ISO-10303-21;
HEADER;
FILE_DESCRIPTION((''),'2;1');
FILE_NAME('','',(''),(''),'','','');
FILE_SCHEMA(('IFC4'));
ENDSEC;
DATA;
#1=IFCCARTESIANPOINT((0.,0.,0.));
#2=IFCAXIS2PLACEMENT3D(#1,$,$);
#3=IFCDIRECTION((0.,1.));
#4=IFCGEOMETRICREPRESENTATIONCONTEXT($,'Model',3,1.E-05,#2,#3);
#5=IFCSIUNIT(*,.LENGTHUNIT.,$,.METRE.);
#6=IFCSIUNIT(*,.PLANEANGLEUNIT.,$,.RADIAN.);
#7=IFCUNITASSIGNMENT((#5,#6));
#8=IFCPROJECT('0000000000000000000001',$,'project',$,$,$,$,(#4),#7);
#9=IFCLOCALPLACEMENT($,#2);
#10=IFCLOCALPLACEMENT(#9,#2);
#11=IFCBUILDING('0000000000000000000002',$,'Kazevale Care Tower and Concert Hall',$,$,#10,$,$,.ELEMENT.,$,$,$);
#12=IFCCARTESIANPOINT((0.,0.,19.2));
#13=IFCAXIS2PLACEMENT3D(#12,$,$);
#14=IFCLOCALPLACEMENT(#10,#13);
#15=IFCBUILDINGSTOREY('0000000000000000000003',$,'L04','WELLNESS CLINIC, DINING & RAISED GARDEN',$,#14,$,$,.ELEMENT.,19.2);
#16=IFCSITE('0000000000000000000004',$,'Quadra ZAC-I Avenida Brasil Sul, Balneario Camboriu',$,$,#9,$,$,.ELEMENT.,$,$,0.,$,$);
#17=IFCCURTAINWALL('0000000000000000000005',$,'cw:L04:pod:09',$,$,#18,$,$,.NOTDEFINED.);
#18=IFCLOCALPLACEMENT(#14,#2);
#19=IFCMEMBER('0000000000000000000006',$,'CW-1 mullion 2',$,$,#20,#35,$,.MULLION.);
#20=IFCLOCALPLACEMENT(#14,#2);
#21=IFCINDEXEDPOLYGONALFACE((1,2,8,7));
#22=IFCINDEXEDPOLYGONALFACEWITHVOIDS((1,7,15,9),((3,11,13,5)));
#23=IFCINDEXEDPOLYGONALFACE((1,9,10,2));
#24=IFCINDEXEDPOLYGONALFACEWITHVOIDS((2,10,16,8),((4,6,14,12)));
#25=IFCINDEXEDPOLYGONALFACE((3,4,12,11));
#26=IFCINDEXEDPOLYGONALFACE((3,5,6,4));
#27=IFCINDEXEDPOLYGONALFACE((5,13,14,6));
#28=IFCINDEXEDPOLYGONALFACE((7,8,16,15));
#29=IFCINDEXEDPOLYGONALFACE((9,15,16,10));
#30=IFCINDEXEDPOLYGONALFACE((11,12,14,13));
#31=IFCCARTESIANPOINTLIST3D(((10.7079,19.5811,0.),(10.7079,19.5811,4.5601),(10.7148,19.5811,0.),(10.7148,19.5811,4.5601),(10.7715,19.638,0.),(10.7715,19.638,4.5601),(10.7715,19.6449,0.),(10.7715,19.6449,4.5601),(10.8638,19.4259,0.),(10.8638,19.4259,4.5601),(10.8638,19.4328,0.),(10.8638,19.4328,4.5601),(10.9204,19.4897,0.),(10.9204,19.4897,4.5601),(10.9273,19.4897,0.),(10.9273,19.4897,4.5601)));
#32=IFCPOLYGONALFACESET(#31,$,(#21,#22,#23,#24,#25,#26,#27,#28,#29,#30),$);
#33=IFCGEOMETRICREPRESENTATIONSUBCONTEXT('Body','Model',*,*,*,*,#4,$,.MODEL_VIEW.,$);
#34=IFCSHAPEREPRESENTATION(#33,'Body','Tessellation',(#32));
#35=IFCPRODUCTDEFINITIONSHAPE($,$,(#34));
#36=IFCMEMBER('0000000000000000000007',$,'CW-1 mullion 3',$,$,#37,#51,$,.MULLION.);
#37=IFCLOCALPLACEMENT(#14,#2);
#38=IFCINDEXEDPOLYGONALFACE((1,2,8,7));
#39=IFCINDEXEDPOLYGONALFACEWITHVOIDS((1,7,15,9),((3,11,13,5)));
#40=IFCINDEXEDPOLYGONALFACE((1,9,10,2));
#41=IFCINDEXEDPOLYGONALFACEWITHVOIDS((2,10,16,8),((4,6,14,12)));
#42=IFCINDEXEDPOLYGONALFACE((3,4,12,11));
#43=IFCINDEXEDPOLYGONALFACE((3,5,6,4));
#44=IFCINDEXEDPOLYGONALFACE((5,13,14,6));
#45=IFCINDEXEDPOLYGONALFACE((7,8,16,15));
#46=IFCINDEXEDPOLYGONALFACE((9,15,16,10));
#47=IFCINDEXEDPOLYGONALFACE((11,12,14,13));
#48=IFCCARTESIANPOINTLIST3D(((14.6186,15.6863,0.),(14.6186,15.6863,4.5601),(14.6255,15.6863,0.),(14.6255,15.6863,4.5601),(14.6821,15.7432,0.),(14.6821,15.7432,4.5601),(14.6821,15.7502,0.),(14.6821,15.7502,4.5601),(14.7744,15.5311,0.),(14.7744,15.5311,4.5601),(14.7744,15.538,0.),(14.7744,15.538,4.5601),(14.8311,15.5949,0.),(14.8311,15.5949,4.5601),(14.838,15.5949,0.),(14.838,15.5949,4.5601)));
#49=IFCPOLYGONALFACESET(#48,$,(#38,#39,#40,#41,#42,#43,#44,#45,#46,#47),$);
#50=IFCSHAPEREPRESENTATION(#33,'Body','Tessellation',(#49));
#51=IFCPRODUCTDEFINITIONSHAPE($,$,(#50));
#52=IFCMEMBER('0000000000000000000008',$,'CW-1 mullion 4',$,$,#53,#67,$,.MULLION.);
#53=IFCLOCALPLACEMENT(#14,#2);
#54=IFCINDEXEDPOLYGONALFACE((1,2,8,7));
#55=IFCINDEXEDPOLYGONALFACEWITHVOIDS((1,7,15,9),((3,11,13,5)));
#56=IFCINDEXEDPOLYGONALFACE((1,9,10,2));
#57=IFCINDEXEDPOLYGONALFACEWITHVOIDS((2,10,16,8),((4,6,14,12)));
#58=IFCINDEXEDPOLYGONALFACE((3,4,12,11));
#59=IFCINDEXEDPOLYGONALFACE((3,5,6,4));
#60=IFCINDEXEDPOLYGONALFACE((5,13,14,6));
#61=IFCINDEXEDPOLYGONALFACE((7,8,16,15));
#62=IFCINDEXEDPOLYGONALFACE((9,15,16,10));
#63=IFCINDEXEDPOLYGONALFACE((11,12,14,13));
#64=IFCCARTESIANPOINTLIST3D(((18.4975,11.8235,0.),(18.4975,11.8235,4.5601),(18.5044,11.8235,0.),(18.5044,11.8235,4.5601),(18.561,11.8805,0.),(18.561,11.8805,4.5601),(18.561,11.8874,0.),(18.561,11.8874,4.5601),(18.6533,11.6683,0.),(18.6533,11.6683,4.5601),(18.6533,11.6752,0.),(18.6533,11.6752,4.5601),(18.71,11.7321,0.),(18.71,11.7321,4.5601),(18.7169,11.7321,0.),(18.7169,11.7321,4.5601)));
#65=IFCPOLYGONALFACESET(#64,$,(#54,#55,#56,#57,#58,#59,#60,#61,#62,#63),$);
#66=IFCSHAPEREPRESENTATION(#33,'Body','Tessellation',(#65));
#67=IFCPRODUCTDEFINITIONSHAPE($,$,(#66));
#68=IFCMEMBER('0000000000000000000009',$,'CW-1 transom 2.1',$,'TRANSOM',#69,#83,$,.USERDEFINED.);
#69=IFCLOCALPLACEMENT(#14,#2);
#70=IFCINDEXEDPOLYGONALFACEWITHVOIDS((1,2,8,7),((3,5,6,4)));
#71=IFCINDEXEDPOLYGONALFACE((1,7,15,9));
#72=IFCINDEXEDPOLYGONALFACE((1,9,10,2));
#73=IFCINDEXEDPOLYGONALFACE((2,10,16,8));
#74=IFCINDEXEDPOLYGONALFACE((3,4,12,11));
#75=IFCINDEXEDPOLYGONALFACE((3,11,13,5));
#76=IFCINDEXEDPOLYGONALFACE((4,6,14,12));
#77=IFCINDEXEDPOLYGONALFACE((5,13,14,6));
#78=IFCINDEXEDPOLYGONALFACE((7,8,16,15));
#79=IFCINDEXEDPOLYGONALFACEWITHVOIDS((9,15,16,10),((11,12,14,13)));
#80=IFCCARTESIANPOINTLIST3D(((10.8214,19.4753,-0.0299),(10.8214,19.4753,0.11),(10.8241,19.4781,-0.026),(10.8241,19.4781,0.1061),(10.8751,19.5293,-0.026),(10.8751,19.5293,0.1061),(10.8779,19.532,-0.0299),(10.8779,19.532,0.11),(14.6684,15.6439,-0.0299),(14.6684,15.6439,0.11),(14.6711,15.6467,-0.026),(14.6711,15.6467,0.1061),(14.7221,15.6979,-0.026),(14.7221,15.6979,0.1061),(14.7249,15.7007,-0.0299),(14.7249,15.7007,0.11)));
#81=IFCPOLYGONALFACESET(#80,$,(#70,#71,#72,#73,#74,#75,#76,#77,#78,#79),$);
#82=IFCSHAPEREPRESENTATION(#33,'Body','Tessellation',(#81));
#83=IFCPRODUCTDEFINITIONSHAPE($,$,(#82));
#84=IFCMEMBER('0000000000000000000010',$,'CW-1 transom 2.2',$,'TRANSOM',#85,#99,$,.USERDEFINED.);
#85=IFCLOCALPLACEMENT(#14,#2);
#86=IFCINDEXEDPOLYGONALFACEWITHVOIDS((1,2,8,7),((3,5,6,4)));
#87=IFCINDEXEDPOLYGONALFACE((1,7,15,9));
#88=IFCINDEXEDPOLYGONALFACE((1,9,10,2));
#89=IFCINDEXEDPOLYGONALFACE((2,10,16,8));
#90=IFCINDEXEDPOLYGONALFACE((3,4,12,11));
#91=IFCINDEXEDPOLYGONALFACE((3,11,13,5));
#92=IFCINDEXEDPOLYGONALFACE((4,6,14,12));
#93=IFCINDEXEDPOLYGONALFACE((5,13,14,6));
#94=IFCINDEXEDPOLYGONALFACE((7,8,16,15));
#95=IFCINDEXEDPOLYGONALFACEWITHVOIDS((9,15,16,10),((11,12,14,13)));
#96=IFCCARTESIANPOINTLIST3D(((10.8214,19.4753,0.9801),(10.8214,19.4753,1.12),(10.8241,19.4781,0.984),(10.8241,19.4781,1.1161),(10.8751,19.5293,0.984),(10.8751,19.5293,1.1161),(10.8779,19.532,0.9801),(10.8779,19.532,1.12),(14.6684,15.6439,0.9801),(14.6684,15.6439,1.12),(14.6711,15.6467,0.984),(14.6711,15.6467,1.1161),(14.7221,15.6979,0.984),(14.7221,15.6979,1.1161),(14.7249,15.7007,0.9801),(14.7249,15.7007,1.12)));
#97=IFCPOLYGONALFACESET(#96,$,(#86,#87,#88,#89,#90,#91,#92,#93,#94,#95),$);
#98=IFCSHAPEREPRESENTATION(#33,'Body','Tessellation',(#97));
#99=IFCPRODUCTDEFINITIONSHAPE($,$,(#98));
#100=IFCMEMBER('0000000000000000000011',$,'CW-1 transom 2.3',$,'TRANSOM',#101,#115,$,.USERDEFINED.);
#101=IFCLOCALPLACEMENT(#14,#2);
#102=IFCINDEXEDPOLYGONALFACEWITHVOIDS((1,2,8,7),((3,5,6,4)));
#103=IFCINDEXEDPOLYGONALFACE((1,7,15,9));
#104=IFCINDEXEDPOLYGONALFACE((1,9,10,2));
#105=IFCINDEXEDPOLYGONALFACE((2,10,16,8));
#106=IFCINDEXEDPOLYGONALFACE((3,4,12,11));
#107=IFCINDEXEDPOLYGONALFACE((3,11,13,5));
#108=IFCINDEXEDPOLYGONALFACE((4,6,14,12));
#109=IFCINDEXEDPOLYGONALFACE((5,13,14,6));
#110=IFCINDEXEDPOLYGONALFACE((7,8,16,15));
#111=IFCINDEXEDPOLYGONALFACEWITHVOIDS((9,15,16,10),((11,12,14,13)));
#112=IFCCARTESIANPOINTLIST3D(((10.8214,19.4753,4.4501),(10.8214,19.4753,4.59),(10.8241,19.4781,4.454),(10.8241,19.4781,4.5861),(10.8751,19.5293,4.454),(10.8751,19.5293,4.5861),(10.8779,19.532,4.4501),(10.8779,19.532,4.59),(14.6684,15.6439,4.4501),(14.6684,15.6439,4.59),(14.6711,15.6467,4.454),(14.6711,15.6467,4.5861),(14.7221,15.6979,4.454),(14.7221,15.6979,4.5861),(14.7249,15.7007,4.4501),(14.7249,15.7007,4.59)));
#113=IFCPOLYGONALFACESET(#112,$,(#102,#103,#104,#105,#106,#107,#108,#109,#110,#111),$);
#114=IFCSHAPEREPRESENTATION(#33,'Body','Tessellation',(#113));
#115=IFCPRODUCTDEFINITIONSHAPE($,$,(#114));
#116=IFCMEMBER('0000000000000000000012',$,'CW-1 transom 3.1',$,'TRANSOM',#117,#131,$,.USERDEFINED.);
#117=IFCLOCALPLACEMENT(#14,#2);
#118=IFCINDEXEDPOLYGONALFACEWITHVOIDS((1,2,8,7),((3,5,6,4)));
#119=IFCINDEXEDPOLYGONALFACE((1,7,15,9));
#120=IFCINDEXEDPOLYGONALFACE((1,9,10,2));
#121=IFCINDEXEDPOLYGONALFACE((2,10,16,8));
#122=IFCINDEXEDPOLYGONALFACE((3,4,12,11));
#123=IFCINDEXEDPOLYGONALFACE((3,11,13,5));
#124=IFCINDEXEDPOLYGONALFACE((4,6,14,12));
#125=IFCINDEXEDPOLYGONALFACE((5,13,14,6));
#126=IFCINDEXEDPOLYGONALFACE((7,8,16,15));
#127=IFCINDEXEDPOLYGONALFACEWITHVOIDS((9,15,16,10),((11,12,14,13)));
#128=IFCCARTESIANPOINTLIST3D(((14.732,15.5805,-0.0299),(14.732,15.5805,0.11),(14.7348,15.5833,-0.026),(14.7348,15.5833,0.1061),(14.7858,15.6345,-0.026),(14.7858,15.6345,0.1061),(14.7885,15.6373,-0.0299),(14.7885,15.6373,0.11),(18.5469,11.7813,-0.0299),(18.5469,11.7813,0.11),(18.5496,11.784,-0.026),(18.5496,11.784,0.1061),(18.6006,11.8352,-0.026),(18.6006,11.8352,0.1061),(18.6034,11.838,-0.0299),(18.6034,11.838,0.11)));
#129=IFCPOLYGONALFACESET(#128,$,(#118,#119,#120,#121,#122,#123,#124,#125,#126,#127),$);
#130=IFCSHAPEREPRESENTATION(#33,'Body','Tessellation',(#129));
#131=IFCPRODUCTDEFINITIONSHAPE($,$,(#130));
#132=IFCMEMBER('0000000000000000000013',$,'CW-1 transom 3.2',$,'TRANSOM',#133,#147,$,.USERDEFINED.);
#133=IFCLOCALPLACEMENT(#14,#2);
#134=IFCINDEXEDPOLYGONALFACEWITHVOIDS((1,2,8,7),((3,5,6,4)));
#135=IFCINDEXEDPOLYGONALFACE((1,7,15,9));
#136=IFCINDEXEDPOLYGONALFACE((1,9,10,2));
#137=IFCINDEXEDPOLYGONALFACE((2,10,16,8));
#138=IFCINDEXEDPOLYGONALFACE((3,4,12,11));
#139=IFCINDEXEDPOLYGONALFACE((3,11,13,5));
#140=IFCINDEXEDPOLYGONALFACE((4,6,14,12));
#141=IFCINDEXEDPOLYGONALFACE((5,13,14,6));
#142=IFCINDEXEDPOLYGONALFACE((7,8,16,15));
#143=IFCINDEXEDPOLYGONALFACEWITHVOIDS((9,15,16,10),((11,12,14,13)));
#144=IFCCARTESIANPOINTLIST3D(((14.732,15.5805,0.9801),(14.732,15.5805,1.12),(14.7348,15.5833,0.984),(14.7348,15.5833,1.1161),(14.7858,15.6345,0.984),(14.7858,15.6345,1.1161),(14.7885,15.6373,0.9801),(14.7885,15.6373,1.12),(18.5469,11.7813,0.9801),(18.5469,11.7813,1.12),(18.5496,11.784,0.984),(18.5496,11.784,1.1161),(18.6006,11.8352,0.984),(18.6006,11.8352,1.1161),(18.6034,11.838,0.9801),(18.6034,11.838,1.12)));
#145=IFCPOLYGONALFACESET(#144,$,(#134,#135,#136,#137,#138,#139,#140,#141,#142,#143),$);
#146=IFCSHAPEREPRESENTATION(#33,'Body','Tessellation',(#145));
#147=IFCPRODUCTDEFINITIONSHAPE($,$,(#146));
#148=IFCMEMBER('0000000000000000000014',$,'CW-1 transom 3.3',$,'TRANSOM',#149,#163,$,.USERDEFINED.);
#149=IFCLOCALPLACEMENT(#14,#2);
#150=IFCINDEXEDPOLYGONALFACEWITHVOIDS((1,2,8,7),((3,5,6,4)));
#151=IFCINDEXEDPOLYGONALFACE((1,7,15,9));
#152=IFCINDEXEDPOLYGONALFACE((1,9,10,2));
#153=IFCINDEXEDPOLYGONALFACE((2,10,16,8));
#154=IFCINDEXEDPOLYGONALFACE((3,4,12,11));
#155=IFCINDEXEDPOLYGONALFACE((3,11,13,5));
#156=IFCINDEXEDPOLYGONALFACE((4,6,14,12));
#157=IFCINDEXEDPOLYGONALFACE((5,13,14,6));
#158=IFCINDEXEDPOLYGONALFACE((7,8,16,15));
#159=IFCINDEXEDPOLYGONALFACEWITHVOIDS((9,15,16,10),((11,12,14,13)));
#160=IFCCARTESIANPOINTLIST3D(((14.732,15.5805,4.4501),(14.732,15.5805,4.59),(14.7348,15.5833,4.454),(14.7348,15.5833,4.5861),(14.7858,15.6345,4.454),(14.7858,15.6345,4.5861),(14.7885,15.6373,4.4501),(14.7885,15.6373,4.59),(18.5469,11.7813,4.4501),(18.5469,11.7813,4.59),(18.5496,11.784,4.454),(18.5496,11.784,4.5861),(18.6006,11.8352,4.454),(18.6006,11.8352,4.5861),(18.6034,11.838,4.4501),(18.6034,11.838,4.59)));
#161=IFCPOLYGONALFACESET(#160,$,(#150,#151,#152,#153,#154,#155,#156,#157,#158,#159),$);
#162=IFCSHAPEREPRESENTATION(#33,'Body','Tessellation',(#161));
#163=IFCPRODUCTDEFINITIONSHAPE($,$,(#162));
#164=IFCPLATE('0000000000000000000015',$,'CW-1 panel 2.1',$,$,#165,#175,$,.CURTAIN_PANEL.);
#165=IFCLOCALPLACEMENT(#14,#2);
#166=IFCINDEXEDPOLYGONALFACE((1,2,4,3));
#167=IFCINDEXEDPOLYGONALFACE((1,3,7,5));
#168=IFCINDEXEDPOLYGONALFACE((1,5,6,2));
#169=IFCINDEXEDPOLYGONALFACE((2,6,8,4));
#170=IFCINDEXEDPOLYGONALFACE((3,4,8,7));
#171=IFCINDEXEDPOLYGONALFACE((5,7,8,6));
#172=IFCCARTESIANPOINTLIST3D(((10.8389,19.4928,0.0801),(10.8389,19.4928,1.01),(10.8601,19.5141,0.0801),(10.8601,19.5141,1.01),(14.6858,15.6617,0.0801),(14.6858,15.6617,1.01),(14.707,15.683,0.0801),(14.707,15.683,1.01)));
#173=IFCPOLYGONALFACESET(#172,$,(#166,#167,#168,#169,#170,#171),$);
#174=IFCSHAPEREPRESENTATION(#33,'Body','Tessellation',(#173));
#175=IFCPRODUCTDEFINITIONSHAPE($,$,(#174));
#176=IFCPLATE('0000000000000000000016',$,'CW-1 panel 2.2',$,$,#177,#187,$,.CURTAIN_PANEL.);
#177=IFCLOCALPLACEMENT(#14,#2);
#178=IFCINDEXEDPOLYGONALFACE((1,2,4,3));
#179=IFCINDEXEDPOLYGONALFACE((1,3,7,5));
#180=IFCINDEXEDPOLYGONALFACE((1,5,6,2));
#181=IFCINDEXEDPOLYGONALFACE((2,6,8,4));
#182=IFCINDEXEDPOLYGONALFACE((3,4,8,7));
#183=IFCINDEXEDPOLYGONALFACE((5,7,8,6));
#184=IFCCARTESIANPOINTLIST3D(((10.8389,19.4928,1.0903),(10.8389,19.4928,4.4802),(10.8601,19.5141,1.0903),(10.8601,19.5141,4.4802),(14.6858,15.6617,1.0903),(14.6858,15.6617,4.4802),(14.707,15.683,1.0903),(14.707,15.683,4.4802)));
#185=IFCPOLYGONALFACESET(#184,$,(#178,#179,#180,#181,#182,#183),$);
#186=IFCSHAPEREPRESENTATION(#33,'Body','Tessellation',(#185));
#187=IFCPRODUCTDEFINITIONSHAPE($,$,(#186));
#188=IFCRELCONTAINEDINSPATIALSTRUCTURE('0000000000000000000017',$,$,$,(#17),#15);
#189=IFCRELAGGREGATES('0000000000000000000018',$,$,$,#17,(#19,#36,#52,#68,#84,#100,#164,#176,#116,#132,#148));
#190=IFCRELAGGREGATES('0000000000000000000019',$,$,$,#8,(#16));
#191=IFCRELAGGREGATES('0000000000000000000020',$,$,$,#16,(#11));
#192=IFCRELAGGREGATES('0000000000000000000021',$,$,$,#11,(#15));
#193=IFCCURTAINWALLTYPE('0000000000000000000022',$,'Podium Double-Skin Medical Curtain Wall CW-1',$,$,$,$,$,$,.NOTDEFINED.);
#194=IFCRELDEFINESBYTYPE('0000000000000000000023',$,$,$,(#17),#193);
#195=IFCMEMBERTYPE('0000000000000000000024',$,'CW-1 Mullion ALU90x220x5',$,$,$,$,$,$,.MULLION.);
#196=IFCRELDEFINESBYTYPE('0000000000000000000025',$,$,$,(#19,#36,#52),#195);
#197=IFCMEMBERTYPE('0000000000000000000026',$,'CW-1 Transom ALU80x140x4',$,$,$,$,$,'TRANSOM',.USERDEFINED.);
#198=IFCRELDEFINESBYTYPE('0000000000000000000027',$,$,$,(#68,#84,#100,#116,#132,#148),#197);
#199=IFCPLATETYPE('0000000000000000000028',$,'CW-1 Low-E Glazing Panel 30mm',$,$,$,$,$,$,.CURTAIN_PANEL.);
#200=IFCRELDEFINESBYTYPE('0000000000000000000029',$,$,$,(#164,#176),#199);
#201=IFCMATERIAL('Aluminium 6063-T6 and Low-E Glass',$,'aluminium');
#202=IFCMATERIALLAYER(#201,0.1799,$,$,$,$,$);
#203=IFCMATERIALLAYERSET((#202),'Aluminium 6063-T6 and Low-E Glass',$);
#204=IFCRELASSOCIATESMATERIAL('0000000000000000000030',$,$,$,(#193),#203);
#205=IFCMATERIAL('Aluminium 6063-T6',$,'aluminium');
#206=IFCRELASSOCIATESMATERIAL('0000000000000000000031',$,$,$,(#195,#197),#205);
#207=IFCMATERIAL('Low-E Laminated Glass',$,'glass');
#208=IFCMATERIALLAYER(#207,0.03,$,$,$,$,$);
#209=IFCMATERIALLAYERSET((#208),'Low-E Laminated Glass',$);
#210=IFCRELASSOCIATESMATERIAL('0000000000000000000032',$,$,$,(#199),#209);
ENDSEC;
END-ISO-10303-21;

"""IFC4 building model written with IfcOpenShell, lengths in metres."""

from ifc_helpers import new_model, si_unit, direction, frame, origin, origin_2d, place, context, subcontext, project, spatial, rectangle, hollow_rectangle, extrude, material, layer, layer_set, material_profile, profile_set, type_object, element, aggregate, save


model = new_model("IFC4")

# Units and contexts
model_context = context("Model", 3, precision=1e-05, world=origin(), true_north=direction((0.0, 1.0)))
body_context = subcontext(model_context, "Body", "Model", "MODEL_VIEW")
ifc_project = project(units=[si_unit("LENGTHUNIT", "METRE"), si_unit("PLANEANGLEUNIT", "RADIAN")], contexts=[model_context])

# Site, building, storey
site_placement = place(None, origin())
site = spatial("IfcSite", under=ifc_project, at=site_placement, Name="Quadra ZAC-I Avenida Brasil Sul, Balneario Camboriu", CompositionType="ELEMENT", RefElevation=0.0)
building_placement = place(site_placement, origin())
building = spatial("IfcBuilding", under=site, at=building_placement, Name="Kazevale Care Tower and Concert Hall", CompositionType="ELEMENT")
storey_placement = place(building_placement, frame((0.0, 0.0, 19.2)))
storey = spatial("IfcBuildingStorey", under=building, at=storey_placement, Name="L04", Description="WELLNESS CLINIC, DINING & RAISED GARDEN", CompositionType="ELEMENT", Elevation=19.2)

# Curtain wall, members, plates
ifc_material_1 = material(Name="Aluminium 6063-T6 and Low-E Glass", Category="aluminium")
ifc_layer_1 = layer(ifc_material_1, 0.1799)
ifc_layer_set_1 = layer_set([ifc_layer_1], Name="Aluminium 6063-T6 and Low-E Glass")
curtain_wall_type = type_object("IfcCurtainWallType", Name="Podium Double-Skin Medical Curtain Wall CW-1", PredefinedType="NOTDEFINED", material=ifc_layer_set_1)
curtain_wall_placement = place(storey_placement, origin())
curtain_wall = element("IfcCurtainWall", 1, at=curtain_wall_placement, inside=storey, type_object=curtain_wall_type, Name="cw:L04:pod:09", PredefinedType="NOTDEFINED")
ifc_material_2 = material(Name="Aluminium 6063-T6", Category="aluminium")
ifc_material_profile_1 = material_profile(ifc_material_2, hollow_rectangle(XDim=0.0901, YDim=0.22, WallThickness=0.0049, at=origin_2d()), Name="ALU90x220x5")
ifc_profile_set_1 = profile_set([ifc_material_profile_1], Name="Aluminium 6063-T6")
member_type_1 = type_object("IfcMemberType", Name="CW-1 Mullion ALU90x220x5", PredefinedType="MULLION", material=ifc_profile_set_1)
member_1_placement = place(storey_placement, frame((10.8176, 19.5354, 0.0), z_axis=(0.0, 0.0, 1.0), x_axis=(0.705656, 0.708555, 0.0)))
member_1 = element("IfcMember", 2, at=member_1_placement, type_object=member_type_1, Name="CW-1 mullion 2", PredefinedType="MULLION", context=body_context, shape_type="SweptSolid", body=[
    extrude(hollow_rectangle(XDim=0.0901, YDim=0.22, WallThickness=0.0049, at=origin_2d()), origin(), (0.0, 0.0, 1.0), 4.5601),
])
member_2_placement = place(storey_placement, frame((14.7283, 15.6406, 0.0), z_axis=(0.0, 0.0, 1.0), x_axis=(0.705656, 0.708555, 0.0)))
member_2 = element("IfcMember", 3, at=member_2_placement, type_object=member_type_1, Name="CW-1 mullion 3", PredefinedType="MULLION", context=body_context, shape_type="SweptSolid", body=[
    extrude(hollow_rectangle(XDim=0.0901, YDim=0.22, WallThickness=0.0049, at=origin_2d()), origin(), (0.0, 0.0, 1.0), 4.5601),
])
member_3_placement = place(storey_placement, frame((18.6072, 11.7778, 0.0), z_axis=(0.0, 0.0, 1.0), x_axis=(0.705656, 0.708555, 0.0)))
member_3 = element("IfcMember", 4, at=member_3_placement, type_object=member_type_1, Name="CW-1 mullion 4", PredefinedType="MULLION", context=body_context, shape_type="SweptSolid", body=[
    extrude(hollow_rectangle(XDim=0.0901, YDim=0.22, WallThickness=0.0049, at=origin_2d()), origin(), (0.0, 0.0, 1.0), 4.5601),
])
ifc_material_profile_2 = material_profile(ifc_material_2, hollow_rectangle(XDim=0.0801, YDim=0.1399, WallThickness=0.0039, at=origin_2d()), Name="ALU80x140x4")
ifc_profile_set_2 = profile_set([ifc_material_profile_2], Name="Aluminium 6063-T6")
member_type_2 = type_object("IfcMemberType", Name="CW-1 Transom ALU80x140x4", ElementType="TRANSOM", PredefinedType="USERDEFINED", material=ifc_profile_set_2)
member_4_placement = place(storey_placement, frame((10.8496, 19.5037, 0.04), z_axis=(0.708544, -0.705666, 0.0), x_axis=(0.705666, 0.708544, 0.0)))
member_4 = element("IfcMember", 5, at=member_4_placement, type_object=member_type_2, Name="CW-1 transom 2.1", ObjectType="TRANSOM", PredefinedType="USERDEFINED", context=body_context, shape_type="SweptSolid", body=[
    extrude(hollow_rectangle(XDim=0.0801, YDim=0.1399, WallThickness=0.0039, at=origin_2d()), origin(), (0.0, 0.0, 1.0), 5.4294),
])
member_5_placement = place(storey_placement, frame((10.8496, 19.5037, 1.05), z_axis=(0.708544, -0.705666, 0.0), x_axis=(0.705666, 0.708544, 0.0)))
member_5 = element("IfcMember", 6, at=member_5_placement, type_object=member_type_2, Name="CW-1 transom 2.2", ObjectType="TRANSOM", PredefinedType="USERDEFINED", context=body_context, shape_type="SweptSolid", body=[
    extrude(hollow_rectangle(XDim=0.0801, YDim=0.1399, WallThickness=0.0039, at=origin_2d()), origin(), (0.0, 0.0, 1.0), 5.4294),
])
member_6_placement = place(storey_placement, frame((10.8496, 19.5037, 4.52), z_axis=(0.708544, -0.705666, 0.0), x_axis=(0.705666, 0.708544, 0.0)))
member_6 = element("IfcMember", 7, at=member_6_placement, type_object=member_type_2, Name="CW-1 transom 2.3", ObjectType="TRANSOM", PredefinedType="USERDEFINED", context=body_context, shape_type="SweptSolid", body=[
    extrude(hollow_rectangle(XDim=0.0801, YDim=0.1399, WallThickness=0.0039, at=origin_2d()), origin(), (0.0, 0.0, 1.0), 5.4294),
])
member_7_placement = place(storey_placement, frame((14.7603, 15.6089, 0.04), z_axis=(0.708556, -0.705654, 0.0), x_axis=(0.705654, 0.708556, 0.0)))
member_7 = element("IfcMember", 8, at=member_7_placement, type_object=member_type_2, Name="CW-1 transom 3.1", ObjectType="TRANSOM", PredefinedType="USERDEFINED", context=body_context, shape_type="SweptSolid", body=[
    extrude(hollow_rectangle(XDim=0.0801, YDim=0.1399, WallThickness=0.0039, at=origin_2d()), origin(), (0.0, 0.0, 1.0), 5.384),
])
member_8_placement = place(storey_placement, frame((14.7603, 15.6089, 1.05), z_axis=(0.708556, -0.705654, 0.0), x_axis=(0.705654, 0.708556, 0.0)))
member_8 = element("IfcMember", 9, at=member_8_placement, type_object=member_type_2, Name="CW-1 transom 3.2", ObjectType="TRANSOM", PredefinedType="USERDEFINED", context=body_context, shape_type="SweptSolid", body=[
    extrude(hollow_rectangle(XDim=0.0801, YDim=0.1399, WallThickness=0.0039, at=origin_2d()), origin(), (0.0, 0.0, 1.0), 5.384),
])
member_9_placement = place(storey_placement, frame((14.7603, 15.6089, 4.52), z_axis=(0.708556, -0.705654, 0.0), x_axis=(0.705654, 0.708556, 0.0)))
member_9 = element("IfcMember", 10, at=member_9_placement, type_object=member_type_2, Name="CW-1 transom 3.3", ObjectType="TRANSOM", PredefinedType="USERDEFINED", context=body_context, shape_type="SweptSolid", body=[
    extrude(hollow_rectangle(XDim=0.0801, YDim=0.1399, WallThickness=0.0039, at=origin_2d()), origin(), (0.0, 0.0, 1.0), 5.384),
])
ifc_material_3 = material(Name="Low-E Laminated Glass", Category="glass")
ifc_layer_2 = layer(ifc_material_3, 0.03)
ifc_layer_set_2 = layer_set([ifc_layer_2], Name="Low-E Laminated Glass")
plate_type = type_object("IfcPlateType", Name="CW-1 Low-E Glazing Panel 30mm", PredefinedType="CURTAIN_PANEL", material=ifc_layer_set_2)
plate_1_placement = place(storey_placement, frame((12.7729, 17.5879, 0.0801), z_axis=(0.0, 0.0, 1.0), x_axis=(0.708555, -0.705656, 0.0)))
plate_1 = element("IfcPlate", 11, at=plate_1_placement, type_object=plate_type, Name="CW-1 panel 2.1", PredefinedType="CURTAIN_PANEL", context=body_context, shape_type="SweptSolid", body=[
    extrude(rectangle(XDim=5.4292, YDim=0.03, at=origin_2d()), origin(), (0.0, 0.0, 1.0), 0.9299),
])
plate_2_placement = place(storey_placement, frame((12.7729, 17.5879, 1.0903), z_axis=(0.0, 0.0, 1.0), x_axis=(0.708555, -0.705656, 0.0)))
plate_2 = element("IfcPlate", 12, at=plate_2_placement, type_object=plate_type, Name="CW-1 panel 2.2", PredefinedType="CURTAIN_PANEL", context=body_context, shape_type="SweptSolid", body=[
    extrude(rectangle(XDim=5.4292, YDim=0.03, at=origin_2d()), origin(), (0.0, 0.0, 1.0), 3.3899),
])
aggregate(curtain_wall, [member_1, member_2, member_3, member_4, member_5, member_6, plate_1, plate_2, member_7, member_8, member_9])

save(model, "model.ifc")
